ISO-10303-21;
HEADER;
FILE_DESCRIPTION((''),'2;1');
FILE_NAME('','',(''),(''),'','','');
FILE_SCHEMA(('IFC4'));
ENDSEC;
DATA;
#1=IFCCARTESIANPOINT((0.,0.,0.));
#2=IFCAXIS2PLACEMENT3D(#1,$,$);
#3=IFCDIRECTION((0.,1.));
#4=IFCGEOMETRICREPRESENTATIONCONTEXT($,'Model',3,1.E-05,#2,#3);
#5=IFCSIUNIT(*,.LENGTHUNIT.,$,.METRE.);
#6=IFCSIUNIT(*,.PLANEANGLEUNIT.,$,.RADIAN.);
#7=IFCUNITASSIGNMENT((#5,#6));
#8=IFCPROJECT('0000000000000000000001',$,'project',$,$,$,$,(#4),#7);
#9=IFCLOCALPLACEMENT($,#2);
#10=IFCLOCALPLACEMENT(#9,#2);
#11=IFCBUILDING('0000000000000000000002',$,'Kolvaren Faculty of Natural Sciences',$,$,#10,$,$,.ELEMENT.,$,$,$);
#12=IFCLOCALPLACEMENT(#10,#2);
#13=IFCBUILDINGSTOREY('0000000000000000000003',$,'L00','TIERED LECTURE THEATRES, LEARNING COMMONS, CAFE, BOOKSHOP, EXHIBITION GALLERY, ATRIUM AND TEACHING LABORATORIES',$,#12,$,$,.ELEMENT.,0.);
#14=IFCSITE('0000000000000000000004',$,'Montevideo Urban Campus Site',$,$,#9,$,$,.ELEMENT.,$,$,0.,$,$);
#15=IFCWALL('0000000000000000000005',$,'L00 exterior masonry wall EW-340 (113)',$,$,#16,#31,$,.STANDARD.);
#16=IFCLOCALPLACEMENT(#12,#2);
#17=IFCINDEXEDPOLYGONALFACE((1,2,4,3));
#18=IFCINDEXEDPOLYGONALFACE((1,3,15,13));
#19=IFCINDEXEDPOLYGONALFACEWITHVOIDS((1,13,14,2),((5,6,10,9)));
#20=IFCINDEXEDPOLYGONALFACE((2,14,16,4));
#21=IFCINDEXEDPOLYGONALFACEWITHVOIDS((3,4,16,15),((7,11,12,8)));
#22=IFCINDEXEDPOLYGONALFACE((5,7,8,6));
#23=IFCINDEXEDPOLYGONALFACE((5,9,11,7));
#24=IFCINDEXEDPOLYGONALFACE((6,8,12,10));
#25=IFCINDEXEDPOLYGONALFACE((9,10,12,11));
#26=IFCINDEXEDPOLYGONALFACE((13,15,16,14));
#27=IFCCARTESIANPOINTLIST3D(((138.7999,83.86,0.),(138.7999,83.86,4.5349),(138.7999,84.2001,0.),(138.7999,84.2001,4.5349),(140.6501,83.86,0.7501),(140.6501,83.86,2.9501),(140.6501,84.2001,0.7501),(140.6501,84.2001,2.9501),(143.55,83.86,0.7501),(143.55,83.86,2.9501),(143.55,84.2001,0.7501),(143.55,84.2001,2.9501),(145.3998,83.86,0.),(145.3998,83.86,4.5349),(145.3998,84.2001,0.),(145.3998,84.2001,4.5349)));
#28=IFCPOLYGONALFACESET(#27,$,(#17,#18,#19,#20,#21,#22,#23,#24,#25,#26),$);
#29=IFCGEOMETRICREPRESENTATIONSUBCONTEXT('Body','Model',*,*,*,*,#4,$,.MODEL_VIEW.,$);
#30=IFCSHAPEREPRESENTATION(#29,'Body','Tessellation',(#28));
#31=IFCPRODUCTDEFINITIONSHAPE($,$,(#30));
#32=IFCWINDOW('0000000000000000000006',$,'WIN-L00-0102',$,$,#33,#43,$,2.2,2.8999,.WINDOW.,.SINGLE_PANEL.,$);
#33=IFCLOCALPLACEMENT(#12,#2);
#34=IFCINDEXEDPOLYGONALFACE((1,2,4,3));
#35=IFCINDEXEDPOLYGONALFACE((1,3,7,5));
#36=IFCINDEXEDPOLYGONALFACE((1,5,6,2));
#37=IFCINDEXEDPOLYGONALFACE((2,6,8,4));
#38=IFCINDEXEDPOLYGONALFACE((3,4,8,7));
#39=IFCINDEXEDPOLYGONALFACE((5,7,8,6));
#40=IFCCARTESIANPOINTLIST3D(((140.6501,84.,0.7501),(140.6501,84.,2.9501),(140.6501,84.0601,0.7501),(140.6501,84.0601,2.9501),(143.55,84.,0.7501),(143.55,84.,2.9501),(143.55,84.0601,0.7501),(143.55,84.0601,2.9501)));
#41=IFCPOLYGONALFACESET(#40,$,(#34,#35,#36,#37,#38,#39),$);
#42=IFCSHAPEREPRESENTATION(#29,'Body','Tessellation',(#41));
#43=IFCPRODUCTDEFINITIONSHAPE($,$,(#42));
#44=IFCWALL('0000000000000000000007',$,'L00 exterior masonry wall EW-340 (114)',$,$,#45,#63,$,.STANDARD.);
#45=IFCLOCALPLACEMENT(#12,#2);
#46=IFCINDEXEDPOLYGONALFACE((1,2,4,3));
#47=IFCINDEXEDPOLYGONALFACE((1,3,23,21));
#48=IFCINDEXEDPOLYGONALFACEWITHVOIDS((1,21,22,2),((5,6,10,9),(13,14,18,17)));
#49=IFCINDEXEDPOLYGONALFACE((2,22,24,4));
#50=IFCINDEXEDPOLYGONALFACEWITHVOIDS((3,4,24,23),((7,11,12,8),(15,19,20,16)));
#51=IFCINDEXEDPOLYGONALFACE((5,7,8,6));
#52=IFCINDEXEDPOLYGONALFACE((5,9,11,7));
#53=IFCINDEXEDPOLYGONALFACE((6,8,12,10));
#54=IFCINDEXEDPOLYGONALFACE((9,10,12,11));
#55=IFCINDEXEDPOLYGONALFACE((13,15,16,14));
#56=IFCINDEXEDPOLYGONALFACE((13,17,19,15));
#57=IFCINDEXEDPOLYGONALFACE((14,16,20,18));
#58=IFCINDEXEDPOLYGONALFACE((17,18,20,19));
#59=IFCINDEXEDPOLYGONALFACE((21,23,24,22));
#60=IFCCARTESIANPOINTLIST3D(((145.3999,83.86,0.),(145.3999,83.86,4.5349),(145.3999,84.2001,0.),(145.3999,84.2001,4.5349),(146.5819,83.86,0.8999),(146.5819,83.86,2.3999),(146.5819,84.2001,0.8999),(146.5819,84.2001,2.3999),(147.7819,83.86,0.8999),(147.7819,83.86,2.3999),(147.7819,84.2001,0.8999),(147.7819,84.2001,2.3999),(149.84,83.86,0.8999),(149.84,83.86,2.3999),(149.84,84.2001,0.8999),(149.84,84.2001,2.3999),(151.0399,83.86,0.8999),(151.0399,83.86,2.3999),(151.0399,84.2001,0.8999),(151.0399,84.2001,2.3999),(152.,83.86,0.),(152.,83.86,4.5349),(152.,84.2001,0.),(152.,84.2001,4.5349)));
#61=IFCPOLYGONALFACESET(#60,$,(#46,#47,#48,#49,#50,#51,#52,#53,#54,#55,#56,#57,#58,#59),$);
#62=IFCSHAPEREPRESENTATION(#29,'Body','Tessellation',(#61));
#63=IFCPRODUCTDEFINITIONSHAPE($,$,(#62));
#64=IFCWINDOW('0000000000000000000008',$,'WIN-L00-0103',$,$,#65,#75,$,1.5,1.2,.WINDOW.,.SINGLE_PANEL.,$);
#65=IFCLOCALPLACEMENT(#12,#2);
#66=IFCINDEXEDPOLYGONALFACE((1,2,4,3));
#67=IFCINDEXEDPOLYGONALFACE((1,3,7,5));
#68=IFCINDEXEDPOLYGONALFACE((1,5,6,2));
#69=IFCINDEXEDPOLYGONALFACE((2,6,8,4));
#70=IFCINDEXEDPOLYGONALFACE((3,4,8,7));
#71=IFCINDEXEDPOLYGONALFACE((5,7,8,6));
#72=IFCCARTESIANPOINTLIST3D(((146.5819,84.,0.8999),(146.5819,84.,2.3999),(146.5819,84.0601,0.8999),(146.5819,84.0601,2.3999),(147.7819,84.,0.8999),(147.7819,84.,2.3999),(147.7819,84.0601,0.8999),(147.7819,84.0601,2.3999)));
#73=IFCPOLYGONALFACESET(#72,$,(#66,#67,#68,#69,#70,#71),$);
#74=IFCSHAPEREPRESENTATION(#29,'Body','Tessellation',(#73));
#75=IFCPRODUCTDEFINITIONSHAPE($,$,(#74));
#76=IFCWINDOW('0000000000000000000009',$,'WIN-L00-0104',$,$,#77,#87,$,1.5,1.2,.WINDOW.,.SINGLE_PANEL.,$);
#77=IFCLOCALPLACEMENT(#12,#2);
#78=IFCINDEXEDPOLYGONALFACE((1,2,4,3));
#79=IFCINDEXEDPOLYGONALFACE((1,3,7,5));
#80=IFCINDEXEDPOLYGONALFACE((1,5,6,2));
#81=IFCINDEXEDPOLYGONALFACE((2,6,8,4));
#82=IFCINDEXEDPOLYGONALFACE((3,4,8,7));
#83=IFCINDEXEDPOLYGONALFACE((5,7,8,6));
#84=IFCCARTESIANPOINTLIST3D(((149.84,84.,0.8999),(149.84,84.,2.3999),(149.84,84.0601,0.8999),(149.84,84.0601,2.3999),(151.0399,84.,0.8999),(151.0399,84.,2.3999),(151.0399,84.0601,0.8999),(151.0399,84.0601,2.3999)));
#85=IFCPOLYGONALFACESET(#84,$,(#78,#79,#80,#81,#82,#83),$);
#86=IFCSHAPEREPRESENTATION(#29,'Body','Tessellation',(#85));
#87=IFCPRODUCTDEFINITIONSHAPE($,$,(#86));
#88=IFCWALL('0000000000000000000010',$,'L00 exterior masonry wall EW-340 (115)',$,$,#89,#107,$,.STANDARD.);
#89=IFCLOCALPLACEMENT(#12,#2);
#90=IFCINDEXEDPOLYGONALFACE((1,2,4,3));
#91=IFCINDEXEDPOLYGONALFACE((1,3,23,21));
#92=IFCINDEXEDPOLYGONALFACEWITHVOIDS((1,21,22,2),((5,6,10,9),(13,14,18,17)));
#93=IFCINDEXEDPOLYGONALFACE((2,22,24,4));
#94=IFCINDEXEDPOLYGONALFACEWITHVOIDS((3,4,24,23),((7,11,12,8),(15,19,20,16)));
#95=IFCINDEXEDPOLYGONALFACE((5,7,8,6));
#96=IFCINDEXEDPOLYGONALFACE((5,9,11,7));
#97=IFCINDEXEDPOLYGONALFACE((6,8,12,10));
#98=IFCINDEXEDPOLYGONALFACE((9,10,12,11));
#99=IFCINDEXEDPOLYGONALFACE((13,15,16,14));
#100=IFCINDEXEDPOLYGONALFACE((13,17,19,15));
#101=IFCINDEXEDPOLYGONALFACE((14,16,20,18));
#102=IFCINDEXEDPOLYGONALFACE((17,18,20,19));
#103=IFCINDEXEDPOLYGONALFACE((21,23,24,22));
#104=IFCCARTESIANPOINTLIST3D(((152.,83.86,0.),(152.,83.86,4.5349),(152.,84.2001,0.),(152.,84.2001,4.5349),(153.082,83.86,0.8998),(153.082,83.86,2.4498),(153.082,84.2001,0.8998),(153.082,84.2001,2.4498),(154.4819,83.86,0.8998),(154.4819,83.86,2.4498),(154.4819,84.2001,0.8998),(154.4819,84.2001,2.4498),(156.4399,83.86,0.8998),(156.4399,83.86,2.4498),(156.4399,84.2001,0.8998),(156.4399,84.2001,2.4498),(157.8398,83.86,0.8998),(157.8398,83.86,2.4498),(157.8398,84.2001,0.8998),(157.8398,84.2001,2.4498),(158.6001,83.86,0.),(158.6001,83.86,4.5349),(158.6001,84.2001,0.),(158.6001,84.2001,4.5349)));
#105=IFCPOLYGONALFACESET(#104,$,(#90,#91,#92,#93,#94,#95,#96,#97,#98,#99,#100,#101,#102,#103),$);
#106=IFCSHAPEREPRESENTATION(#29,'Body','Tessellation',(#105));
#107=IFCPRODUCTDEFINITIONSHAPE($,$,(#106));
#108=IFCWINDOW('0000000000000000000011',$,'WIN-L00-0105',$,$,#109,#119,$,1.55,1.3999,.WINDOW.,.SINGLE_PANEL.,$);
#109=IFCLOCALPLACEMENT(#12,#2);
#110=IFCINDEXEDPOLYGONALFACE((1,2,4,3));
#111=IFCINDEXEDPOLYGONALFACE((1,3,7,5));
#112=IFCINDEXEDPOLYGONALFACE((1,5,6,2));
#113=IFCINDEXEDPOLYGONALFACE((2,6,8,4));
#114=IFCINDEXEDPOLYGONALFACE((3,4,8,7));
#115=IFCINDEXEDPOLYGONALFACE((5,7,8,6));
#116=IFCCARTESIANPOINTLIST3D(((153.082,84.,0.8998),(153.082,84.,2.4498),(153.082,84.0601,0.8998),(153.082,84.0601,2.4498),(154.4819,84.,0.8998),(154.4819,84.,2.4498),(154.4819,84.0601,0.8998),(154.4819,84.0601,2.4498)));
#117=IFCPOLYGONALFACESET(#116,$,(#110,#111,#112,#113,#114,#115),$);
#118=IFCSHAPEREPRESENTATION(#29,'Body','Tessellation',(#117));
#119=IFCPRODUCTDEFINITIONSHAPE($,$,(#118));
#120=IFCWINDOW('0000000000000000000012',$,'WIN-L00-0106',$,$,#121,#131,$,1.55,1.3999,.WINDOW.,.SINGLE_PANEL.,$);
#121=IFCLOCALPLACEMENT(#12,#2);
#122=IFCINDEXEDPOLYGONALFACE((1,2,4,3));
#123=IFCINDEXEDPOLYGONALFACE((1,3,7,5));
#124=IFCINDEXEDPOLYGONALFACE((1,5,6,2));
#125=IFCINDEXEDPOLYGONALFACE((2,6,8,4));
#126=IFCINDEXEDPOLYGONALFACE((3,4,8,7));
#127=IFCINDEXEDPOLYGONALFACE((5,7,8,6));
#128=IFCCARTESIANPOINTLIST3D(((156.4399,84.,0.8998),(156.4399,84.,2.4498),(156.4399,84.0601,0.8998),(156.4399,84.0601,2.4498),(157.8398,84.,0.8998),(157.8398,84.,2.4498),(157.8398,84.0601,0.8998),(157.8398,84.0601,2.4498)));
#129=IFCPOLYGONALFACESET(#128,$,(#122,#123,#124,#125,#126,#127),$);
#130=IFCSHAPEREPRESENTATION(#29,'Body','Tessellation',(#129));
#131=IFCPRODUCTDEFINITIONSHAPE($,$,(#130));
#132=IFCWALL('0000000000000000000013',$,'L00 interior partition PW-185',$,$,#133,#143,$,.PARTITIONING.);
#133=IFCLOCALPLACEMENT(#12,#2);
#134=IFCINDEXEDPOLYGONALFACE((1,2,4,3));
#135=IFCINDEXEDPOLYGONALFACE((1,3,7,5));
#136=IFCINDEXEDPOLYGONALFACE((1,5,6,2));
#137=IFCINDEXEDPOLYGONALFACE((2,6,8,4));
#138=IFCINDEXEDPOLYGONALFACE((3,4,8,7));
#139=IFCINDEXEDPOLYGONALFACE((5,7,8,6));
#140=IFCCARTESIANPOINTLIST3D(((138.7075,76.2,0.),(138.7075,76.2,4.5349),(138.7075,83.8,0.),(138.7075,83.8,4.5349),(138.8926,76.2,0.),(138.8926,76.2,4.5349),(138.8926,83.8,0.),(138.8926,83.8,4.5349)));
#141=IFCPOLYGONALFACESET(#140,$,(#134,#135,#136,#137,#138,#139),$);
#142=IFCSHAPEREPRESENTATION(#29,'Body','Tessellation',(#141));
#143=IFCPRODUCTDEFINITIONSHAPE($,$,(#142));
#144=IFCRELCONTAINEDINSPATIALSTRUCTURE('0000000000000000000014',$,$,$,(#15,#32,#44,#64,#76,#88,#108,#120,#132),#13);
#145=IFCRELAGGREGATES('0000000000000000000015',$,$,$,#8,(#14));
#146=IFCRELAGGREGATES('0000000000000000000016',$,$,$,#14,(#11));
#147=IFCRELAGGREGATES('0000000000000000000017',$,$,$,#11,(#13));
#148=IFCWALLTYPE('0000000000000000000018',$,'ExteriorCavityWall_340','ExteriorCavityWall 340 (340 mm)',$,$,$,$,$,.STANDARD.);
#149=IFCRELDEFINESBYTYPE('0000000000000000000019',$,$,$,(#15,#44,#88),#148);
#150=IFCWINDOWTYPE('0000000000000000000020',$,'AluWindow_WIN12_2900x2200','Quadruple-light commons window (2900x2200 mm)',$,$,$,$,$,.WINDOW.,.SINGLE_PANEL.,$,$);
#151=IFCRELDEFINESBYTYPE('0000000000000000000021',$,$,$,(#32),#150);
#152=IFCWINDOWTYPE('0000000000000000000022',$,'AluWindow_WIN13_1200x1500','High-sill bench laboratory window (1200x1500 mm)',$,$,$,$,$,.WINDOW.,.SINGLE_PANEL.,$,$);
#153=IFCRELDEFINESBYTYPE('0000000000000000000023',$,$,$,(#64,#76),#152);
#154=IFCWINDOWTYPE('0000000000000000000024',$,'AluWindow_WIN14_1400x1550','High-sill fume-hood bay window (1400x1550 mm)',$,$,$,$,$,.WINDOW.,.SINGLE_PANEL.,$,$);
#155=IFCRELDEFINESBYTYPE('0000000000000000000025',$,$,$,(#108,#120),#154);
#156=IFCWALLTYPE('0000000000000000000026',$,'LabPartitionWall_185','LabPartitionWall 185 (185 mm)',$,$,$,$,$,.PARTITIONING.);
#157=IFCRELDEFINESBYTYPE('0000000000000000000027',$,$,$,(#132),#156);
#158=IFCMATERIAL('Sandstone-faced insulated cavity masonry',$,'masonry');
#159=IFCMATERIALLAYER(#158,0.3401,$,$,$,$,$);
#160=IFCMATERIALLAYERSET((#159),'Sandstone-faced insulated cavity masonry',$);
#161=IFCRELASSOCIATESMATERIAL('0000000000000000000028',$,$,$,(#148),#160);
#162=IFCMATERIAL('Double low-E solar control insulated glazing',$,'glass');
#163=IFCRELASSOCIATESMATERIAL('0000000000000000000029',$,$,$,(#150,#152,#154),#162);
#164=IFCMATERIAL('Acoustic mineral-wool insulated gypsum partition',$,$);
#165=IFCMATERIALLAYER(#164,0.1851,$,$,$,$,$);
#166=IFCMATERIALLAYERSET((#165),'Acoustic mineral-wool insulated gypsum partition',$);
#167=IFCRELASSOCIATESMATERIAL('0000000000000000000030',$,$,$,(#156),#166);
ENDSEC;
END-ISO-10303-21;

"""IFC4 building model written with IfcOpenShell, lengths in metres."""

from ifc_helpers import new_model, si_unit, direction, frame, frame_2d, origin, place, context, subcontext, project, spatial, rectangle, extrude, material, layer, layer_set, type_object, element, fill, save


model = new_model("IFC4")

# Units and contexts
model_context = context("Model", 3, precision=1e-05, world=origin(), true_north=direction((0.0, 1.0)))
body_context = subcontext(model_context, "Body", "Model", "MODEL_VIEW")
ifc_project = project(units=[si_unit("LENGTHUNIT", "METRE"), si_unit("PLANEANGLEUNIT", "RADIAN")], contexts=[model_context])

# Site, building, storey
site_placement = place(None, origin())
site = spatial("IfcSite", under=ifc_project, at=site_placement, Name="Montevideo Urban Campus Site", CompositionType="ELEMENT", RefElevation=0.0)
building_placement = place(site_placement, origin())
building = spatial("IfcBuilding", under=site, at=building_placement, Name="Kolvaren Faculty of Natural Sciences", CompositionType="ELEMENT")
storey_placement = place(building_placement, origin())
storey = spatial("IfcBuildingStorey", under=building, at=storey_placement, Name="L00", Description="TIERED LECTURE THEATRES, LEARNING COMMONS, CAFE, BOOKSHOP, EXHIBITION GALLERY, ATRIUM AND TEACHING LABORATORIES", CompositionType="ELEMENT", Elevation=0.0)

# Shared definitions
ifc_material_1 = material(Name="Acoustic mineral-wool insulated gypsum partition")

# Wall, opening, window
ifc_material_2 = material(Name="Sandstone-faced insulated cavity masonry", Category="masonry")
ifc_layer_1 = layer(ifc_material_2, 0.3401)
ifc_layer_set_1 = layer_set([ifc_layer_1], Name="Sandstone-faced insulated cavity masonry")
wall_type_1 = type_object("IfcWallType", Name="ExteriorCavityWall_340", Description="ExteriorCavityWall 340 (340 mm)", PredefinedType="STANDARD", material=ifc_layer_set_1)
wall_1_placement = place(storey_placement, frame((138.8, 84.03, 0.0), z_axis=(0.0, 0.0, 1.0), x_axis=(1.0, 0.0, 0.0)))
wall_1 = element("IfcWall", 1, at=wall_1_placement, inside=storey, type_object=wall_type_1, Name="L00 exterior masonry wall EW-340 (113)", PredefinedType="STANDARD", context=body_context, shape_type="SweptSolid", body=[
    extrude(rectangle(XDim=6.5999, YDim=0.3401, at=frame_2d((3.2998, 0.0))), origin(), (0.0, 0.0, 1.0), 4.5349),
])
opening_1_placement = place(wall_1_placement, frame((1.8501, 0.0, 0.75)))
opening_1 = element("IfcOpeningElement", 2, at=opening_1_placement, cuts=wall_1, PredefinedType="OPENING", context=body_context, shape_type="SweptSolid", body=[
    extrude(rectangle(XDim=2.8999, YDim=2.2, at=frame_2d((1.45, 1.1001))), frame((0.0, 0.1799, 0.0), z_axis=(0.0, -1.0, 0.0), x_axis=(1.0, 0.0, 0.0)), (0.0, 0.0, 1.0), 0.3601),
])
ifc_material_3 = material(Name="Double low-E solar control insulated glazing", Category="glass")
window_type_1 = type_object("IfcWindowType", Name="AluWindow_WIN12_2900x2200", Description="Quadruple-light commons window (2900x2200 mm)", PartitioningType="SINGLE_PANEL", PredefinedType="WINDOW", material=ifc_material_3)
window_1_placement = place(opening_1_placement, origin())
window_1 = element("IfcWindow", 3, at=window_1_placement, inside=storey, type_object=window_type_1, Name="WIN-L00-0102", OverallHeight=2.2, OverallWidth=2.8999, PartitioningType="SINGLE_PANEL", PredefinedType="WINDOW", context=body_context, shape_type="SweptSolid", body=[
    extrude(rectangle(XDim=2.8999, YDim=2.2, at=frame_2d((1.45, 1.1001))), frame((0.0, 0.03, 0.0), z_axis=(0.0, -1.0, 0.0), x_axis=(1.0, 0.0, 0.0)), (0.0, 0.0, 1.0), 0.0601),
])
fill(opening_1, window_1)

# Walls, openings, windows
wall_2_placement = place(storey_placement, frame((145.3999, 84.03, 0.0), z_axis=(0.0, 0.0, 1.0), x_axis=(1.0, 0.0, 0.0)))
wall_2 = element("IfcWall", 4, at=wall_2_placement, inside=storey, type_object=wall_type_1, Name="L00 exterior masonry wall EW-340 (114)", PredefinedType="STANDARD", context=body_context, shape_type="SweptSolid", body=[
    extrude(rectangle(XDim=6.6001, YDim=0.3401, at=frame_2d((3.3, 0.0))), origin(), (0.0, 0.0, 1.0), 4.5349),
])
opening_2_placement = place(wall_2_placement, frame((1.1819, 0.0, 0.8999)))
opening_2 = element("IfcOpeningElement", 5, at=opening_2_placement, cuts=wall_2, PredefinedType="OPENING", context=body_context, shape_type="SweptSolid", body=[
    extrude(rectangle(XDim=1.2, YDim=1.5, at=frame_2d((0.6001, 0.75))), frame((0.0, 0.1799, 0.0), z_axis=(0.0, -1.0, 0.0), x_axis=(1.0, 0.0, 0.0)), (0.0, 0.0, 1.0), 0.3601),
])
opening_3_placement = place(wall_2_placement, frame((4.4399, 0.0, 0.8999)))
opening_3 = element("IfcOpeningElement", 6, at=opening_3_placement, cuts=wall_2, PredefinedType="OPENING", context=body_context, shape_type="SweptSolid", body=[
    extrude(rectangle(XDim=1.2, YDim=1.5, at=frame_2d((0.6001, 0.75))), frame((0.0, 0.1799, 0.0), z_axis=(0.0, -1.0, 0.0), x_axis=(1.0, 0.0, 0.0)), (0.0, 0.0, 1.0), 0.3601),
])
window_type_2 = type_object("IfcWindowType", Name="AluWindow_WIN13_1200x1500", Description="High-sill bench laboratory window (1200x1500 mm)", PartitioningType="SINGLE_PANEL", PredefinedType="WINDOW", material=ifc_material_3)
window_2_placement = place(opening_2_placement, origin())
window_2 = element("IfcWindow", 7, at=window_2_placement, inside=storey, type_object=window_type_2, Name="WIN-L00-0103", OverallHeight=1.5, OverallWidth=1.2, PartitioningType="SINGLE_PANEL", PredefinedType="WINDOW", context=body_context, shape_type="SweptSolid", body=[
    extrude(rectangle(XDim=1.2, YDim=1.5, at=frame_2d((0.6001, 0.75))), frame((0.0, 0.03, 0.0), z_axis=(0.0, -1.0, 0.0), x_axis=(1.0, 0.0, 0.0)), (0.0, 0.0, 1.0), 0.0601),
])
fill(opening_2, window_2)
window_3_placement = place(opening_3_placement, origin())
window_3 = element("IfcWindow", 8, at=window_3_placement, inside=storey, type_object=window_type_2, Name="WIN-L00-0104", OverallHeight=1.5, OverallWidth=1.2, PartitioningType="SINGLE_PANEL", PredefinedType="WINDOW", context=body_context, shape_type="SweptSolid", body=[
    extrude(rectangle(XDim=1.2, YDim=1.5, at=frame_2d((0.6001, 0.75))), frame((0.0, 0.03, 0.0), z_axis=(0.0, -1.0, 0.0), x_axis=(1.0, 0.0, 0.0)), (0.0, 0.0, 1.0), 0.0601),
])
fill(opening_3, window_3)
wall_3_placement = place(storey_placement, frame((152.0, 84.03, 0.0), z_axis=(0.0, 0.0, 1.0), x_axis=(1.0, 0.0, 0.0)))
wall_3 = element("IfcWall", 9, at=wall_3_placement, inside=storey, type_object=wall_type_1, Name="L00 exterior masonry wall EW-340 (115)", PredefinedType="STANDARD", context=body_context, shape_type="SweptSolid", body=[
    extrude(rectangle(XDim=6.6001, YDim=0.3401, at=frame_2d((3.3, 0.0))), origin(), (0.0, 0.0, 1.0), 4.5349),
])
opening_4_placement = place(wall_3_placement, frame((1.082, 0.0, 0.8999)))
opening_4 = element("IfcOpeningElement", 10, at=opening_4_placement, cuts=wall_3, PredefinedType="OPENING", context=body_context, shape_type="SweptSolid", body=[
    extrude(rectangle(XDim=1.3999, YDim=1.55, at=frame_2d((0.7, 0.7749))), frame((0.0, 0.1799, 0.0), z_axis=(0.0, -1.0, 0.0), x_axis=(1.0, 0.0, 0.0)), (0.0, 0.0, 1.0), 0.3601),
])
opening_5_placement = place(wall_3_placement, frame((4.4399, 0.0, 0.8999)))
opening_5 = element("IfcOpeningElement", 11, at=opening_5_placement, cuts=wall_3, PredefinedType="OPENING", context=body_context, shape_type="SweptSolid", body=[
    extrude(rectangle(XDim=1.3999, YDim=1.55, at=frame_2d((0.7, 0.7749))), frame((0.0, 0.1799, 0.0), z_axis=(0.0, -1.0, 0.0), x_axis=(1.0, 0.0, 0.0)), (0.0, 0.0, 1.0), 0.3601),
])
window_type_3 = type_object("IfcWindowType", Name="AluWindow_WIN14_1400x1550", Description="High-sill fume-hood bay window (1400x1550 mm)", PartitioningType="SINGLE_PANEL", PredefinedType="WINDOW", material=ifc_material_3)
window_4_placement = place(opening_4_placement, origin())
window_4 = element("IfcWindow", 12, at=window_4_placement, inside=storey, type_object=window_type_3, Name="WIN-L00-0105", OverallHeight=1.55, OverallWidth=1.3999, PartitioningType="SINGLE_PANEL", PredefinedType="WINDOW", context=body_context, shape_type="SweptSolid", body=[
    extrude(rectangle(XDim=1.3999, YDim=1.55, at=frame_2d((0.7, 0.7749))), frame((0.0, 0.03, 0.0), z_axis=(0.0, -1.0, 0.0), x_axis=(1.0, 0.0, 0.0)), (0.0, 0.0, 1.0), 0.0601),
])
fill(opening_4, window_4)
window_5_placement = place(opening_5_placement, origin())
window_5 = element("IfcWindow", 13, at=window_5_placement, inside=storey, type_object=window_type_3, Name="WIN-L00-0106", OverallHeight=1.55, OverallWidth=1.3999, PartitioningType="SINGLE_PANEL", PredefinedType="WINDOW", context=body_context, shape_type="SweptSolid", body=[
    extrude(rectangle(XDim=1.3999, YDim=1.55, at=frame_2d((0.7, 0.7749))), frame((0.0, 0.03, 0.0), z_axis=(0.0, -1.0, 0.0), x_axis=(1.0, 0.0, 0.0)), (0.0, 0.0, 1.0), 0.0601),
])
fill(opening_5, window_5)

# Wall
ifc_layer_2 = layer(ifc_material_1, 0.1851)
ifc_layer_set_2 = layer_set([ifc_layer_2], Name="Acoustic mineral-wool insulated gypsum partition")
wall_type_2 = type_object("IfcWallType", Name="LabPartitionWall_185", Description="LabPartitionWall 185 (185 mm)", PredefinedType="PARTITIONING", material=ifc_layer_set_2)
wall_4_placement = place(storey_placement, frame((138.8, 83.8, 0.0), z_axis=(0.0, 0.0, 1.0), x_axis=(0.0, -1.0, 0.0)))
element("IfcWall", 14, at=wall_4_placement, inside=storey, type_object=wall_type_2, Name="L00 interior partition PW-185", PredefinedType="PARTITIONING", context=body_context, shape_type="SweptSolid", body=[
    extrude(rectangle(XDim=7.6001, YDim=0.1851, at=frame_2d((3.8, 0.0))), origin(), (0.0, 0.0, 1.0), 4.5349),
])

save(model, "model.ifc")
